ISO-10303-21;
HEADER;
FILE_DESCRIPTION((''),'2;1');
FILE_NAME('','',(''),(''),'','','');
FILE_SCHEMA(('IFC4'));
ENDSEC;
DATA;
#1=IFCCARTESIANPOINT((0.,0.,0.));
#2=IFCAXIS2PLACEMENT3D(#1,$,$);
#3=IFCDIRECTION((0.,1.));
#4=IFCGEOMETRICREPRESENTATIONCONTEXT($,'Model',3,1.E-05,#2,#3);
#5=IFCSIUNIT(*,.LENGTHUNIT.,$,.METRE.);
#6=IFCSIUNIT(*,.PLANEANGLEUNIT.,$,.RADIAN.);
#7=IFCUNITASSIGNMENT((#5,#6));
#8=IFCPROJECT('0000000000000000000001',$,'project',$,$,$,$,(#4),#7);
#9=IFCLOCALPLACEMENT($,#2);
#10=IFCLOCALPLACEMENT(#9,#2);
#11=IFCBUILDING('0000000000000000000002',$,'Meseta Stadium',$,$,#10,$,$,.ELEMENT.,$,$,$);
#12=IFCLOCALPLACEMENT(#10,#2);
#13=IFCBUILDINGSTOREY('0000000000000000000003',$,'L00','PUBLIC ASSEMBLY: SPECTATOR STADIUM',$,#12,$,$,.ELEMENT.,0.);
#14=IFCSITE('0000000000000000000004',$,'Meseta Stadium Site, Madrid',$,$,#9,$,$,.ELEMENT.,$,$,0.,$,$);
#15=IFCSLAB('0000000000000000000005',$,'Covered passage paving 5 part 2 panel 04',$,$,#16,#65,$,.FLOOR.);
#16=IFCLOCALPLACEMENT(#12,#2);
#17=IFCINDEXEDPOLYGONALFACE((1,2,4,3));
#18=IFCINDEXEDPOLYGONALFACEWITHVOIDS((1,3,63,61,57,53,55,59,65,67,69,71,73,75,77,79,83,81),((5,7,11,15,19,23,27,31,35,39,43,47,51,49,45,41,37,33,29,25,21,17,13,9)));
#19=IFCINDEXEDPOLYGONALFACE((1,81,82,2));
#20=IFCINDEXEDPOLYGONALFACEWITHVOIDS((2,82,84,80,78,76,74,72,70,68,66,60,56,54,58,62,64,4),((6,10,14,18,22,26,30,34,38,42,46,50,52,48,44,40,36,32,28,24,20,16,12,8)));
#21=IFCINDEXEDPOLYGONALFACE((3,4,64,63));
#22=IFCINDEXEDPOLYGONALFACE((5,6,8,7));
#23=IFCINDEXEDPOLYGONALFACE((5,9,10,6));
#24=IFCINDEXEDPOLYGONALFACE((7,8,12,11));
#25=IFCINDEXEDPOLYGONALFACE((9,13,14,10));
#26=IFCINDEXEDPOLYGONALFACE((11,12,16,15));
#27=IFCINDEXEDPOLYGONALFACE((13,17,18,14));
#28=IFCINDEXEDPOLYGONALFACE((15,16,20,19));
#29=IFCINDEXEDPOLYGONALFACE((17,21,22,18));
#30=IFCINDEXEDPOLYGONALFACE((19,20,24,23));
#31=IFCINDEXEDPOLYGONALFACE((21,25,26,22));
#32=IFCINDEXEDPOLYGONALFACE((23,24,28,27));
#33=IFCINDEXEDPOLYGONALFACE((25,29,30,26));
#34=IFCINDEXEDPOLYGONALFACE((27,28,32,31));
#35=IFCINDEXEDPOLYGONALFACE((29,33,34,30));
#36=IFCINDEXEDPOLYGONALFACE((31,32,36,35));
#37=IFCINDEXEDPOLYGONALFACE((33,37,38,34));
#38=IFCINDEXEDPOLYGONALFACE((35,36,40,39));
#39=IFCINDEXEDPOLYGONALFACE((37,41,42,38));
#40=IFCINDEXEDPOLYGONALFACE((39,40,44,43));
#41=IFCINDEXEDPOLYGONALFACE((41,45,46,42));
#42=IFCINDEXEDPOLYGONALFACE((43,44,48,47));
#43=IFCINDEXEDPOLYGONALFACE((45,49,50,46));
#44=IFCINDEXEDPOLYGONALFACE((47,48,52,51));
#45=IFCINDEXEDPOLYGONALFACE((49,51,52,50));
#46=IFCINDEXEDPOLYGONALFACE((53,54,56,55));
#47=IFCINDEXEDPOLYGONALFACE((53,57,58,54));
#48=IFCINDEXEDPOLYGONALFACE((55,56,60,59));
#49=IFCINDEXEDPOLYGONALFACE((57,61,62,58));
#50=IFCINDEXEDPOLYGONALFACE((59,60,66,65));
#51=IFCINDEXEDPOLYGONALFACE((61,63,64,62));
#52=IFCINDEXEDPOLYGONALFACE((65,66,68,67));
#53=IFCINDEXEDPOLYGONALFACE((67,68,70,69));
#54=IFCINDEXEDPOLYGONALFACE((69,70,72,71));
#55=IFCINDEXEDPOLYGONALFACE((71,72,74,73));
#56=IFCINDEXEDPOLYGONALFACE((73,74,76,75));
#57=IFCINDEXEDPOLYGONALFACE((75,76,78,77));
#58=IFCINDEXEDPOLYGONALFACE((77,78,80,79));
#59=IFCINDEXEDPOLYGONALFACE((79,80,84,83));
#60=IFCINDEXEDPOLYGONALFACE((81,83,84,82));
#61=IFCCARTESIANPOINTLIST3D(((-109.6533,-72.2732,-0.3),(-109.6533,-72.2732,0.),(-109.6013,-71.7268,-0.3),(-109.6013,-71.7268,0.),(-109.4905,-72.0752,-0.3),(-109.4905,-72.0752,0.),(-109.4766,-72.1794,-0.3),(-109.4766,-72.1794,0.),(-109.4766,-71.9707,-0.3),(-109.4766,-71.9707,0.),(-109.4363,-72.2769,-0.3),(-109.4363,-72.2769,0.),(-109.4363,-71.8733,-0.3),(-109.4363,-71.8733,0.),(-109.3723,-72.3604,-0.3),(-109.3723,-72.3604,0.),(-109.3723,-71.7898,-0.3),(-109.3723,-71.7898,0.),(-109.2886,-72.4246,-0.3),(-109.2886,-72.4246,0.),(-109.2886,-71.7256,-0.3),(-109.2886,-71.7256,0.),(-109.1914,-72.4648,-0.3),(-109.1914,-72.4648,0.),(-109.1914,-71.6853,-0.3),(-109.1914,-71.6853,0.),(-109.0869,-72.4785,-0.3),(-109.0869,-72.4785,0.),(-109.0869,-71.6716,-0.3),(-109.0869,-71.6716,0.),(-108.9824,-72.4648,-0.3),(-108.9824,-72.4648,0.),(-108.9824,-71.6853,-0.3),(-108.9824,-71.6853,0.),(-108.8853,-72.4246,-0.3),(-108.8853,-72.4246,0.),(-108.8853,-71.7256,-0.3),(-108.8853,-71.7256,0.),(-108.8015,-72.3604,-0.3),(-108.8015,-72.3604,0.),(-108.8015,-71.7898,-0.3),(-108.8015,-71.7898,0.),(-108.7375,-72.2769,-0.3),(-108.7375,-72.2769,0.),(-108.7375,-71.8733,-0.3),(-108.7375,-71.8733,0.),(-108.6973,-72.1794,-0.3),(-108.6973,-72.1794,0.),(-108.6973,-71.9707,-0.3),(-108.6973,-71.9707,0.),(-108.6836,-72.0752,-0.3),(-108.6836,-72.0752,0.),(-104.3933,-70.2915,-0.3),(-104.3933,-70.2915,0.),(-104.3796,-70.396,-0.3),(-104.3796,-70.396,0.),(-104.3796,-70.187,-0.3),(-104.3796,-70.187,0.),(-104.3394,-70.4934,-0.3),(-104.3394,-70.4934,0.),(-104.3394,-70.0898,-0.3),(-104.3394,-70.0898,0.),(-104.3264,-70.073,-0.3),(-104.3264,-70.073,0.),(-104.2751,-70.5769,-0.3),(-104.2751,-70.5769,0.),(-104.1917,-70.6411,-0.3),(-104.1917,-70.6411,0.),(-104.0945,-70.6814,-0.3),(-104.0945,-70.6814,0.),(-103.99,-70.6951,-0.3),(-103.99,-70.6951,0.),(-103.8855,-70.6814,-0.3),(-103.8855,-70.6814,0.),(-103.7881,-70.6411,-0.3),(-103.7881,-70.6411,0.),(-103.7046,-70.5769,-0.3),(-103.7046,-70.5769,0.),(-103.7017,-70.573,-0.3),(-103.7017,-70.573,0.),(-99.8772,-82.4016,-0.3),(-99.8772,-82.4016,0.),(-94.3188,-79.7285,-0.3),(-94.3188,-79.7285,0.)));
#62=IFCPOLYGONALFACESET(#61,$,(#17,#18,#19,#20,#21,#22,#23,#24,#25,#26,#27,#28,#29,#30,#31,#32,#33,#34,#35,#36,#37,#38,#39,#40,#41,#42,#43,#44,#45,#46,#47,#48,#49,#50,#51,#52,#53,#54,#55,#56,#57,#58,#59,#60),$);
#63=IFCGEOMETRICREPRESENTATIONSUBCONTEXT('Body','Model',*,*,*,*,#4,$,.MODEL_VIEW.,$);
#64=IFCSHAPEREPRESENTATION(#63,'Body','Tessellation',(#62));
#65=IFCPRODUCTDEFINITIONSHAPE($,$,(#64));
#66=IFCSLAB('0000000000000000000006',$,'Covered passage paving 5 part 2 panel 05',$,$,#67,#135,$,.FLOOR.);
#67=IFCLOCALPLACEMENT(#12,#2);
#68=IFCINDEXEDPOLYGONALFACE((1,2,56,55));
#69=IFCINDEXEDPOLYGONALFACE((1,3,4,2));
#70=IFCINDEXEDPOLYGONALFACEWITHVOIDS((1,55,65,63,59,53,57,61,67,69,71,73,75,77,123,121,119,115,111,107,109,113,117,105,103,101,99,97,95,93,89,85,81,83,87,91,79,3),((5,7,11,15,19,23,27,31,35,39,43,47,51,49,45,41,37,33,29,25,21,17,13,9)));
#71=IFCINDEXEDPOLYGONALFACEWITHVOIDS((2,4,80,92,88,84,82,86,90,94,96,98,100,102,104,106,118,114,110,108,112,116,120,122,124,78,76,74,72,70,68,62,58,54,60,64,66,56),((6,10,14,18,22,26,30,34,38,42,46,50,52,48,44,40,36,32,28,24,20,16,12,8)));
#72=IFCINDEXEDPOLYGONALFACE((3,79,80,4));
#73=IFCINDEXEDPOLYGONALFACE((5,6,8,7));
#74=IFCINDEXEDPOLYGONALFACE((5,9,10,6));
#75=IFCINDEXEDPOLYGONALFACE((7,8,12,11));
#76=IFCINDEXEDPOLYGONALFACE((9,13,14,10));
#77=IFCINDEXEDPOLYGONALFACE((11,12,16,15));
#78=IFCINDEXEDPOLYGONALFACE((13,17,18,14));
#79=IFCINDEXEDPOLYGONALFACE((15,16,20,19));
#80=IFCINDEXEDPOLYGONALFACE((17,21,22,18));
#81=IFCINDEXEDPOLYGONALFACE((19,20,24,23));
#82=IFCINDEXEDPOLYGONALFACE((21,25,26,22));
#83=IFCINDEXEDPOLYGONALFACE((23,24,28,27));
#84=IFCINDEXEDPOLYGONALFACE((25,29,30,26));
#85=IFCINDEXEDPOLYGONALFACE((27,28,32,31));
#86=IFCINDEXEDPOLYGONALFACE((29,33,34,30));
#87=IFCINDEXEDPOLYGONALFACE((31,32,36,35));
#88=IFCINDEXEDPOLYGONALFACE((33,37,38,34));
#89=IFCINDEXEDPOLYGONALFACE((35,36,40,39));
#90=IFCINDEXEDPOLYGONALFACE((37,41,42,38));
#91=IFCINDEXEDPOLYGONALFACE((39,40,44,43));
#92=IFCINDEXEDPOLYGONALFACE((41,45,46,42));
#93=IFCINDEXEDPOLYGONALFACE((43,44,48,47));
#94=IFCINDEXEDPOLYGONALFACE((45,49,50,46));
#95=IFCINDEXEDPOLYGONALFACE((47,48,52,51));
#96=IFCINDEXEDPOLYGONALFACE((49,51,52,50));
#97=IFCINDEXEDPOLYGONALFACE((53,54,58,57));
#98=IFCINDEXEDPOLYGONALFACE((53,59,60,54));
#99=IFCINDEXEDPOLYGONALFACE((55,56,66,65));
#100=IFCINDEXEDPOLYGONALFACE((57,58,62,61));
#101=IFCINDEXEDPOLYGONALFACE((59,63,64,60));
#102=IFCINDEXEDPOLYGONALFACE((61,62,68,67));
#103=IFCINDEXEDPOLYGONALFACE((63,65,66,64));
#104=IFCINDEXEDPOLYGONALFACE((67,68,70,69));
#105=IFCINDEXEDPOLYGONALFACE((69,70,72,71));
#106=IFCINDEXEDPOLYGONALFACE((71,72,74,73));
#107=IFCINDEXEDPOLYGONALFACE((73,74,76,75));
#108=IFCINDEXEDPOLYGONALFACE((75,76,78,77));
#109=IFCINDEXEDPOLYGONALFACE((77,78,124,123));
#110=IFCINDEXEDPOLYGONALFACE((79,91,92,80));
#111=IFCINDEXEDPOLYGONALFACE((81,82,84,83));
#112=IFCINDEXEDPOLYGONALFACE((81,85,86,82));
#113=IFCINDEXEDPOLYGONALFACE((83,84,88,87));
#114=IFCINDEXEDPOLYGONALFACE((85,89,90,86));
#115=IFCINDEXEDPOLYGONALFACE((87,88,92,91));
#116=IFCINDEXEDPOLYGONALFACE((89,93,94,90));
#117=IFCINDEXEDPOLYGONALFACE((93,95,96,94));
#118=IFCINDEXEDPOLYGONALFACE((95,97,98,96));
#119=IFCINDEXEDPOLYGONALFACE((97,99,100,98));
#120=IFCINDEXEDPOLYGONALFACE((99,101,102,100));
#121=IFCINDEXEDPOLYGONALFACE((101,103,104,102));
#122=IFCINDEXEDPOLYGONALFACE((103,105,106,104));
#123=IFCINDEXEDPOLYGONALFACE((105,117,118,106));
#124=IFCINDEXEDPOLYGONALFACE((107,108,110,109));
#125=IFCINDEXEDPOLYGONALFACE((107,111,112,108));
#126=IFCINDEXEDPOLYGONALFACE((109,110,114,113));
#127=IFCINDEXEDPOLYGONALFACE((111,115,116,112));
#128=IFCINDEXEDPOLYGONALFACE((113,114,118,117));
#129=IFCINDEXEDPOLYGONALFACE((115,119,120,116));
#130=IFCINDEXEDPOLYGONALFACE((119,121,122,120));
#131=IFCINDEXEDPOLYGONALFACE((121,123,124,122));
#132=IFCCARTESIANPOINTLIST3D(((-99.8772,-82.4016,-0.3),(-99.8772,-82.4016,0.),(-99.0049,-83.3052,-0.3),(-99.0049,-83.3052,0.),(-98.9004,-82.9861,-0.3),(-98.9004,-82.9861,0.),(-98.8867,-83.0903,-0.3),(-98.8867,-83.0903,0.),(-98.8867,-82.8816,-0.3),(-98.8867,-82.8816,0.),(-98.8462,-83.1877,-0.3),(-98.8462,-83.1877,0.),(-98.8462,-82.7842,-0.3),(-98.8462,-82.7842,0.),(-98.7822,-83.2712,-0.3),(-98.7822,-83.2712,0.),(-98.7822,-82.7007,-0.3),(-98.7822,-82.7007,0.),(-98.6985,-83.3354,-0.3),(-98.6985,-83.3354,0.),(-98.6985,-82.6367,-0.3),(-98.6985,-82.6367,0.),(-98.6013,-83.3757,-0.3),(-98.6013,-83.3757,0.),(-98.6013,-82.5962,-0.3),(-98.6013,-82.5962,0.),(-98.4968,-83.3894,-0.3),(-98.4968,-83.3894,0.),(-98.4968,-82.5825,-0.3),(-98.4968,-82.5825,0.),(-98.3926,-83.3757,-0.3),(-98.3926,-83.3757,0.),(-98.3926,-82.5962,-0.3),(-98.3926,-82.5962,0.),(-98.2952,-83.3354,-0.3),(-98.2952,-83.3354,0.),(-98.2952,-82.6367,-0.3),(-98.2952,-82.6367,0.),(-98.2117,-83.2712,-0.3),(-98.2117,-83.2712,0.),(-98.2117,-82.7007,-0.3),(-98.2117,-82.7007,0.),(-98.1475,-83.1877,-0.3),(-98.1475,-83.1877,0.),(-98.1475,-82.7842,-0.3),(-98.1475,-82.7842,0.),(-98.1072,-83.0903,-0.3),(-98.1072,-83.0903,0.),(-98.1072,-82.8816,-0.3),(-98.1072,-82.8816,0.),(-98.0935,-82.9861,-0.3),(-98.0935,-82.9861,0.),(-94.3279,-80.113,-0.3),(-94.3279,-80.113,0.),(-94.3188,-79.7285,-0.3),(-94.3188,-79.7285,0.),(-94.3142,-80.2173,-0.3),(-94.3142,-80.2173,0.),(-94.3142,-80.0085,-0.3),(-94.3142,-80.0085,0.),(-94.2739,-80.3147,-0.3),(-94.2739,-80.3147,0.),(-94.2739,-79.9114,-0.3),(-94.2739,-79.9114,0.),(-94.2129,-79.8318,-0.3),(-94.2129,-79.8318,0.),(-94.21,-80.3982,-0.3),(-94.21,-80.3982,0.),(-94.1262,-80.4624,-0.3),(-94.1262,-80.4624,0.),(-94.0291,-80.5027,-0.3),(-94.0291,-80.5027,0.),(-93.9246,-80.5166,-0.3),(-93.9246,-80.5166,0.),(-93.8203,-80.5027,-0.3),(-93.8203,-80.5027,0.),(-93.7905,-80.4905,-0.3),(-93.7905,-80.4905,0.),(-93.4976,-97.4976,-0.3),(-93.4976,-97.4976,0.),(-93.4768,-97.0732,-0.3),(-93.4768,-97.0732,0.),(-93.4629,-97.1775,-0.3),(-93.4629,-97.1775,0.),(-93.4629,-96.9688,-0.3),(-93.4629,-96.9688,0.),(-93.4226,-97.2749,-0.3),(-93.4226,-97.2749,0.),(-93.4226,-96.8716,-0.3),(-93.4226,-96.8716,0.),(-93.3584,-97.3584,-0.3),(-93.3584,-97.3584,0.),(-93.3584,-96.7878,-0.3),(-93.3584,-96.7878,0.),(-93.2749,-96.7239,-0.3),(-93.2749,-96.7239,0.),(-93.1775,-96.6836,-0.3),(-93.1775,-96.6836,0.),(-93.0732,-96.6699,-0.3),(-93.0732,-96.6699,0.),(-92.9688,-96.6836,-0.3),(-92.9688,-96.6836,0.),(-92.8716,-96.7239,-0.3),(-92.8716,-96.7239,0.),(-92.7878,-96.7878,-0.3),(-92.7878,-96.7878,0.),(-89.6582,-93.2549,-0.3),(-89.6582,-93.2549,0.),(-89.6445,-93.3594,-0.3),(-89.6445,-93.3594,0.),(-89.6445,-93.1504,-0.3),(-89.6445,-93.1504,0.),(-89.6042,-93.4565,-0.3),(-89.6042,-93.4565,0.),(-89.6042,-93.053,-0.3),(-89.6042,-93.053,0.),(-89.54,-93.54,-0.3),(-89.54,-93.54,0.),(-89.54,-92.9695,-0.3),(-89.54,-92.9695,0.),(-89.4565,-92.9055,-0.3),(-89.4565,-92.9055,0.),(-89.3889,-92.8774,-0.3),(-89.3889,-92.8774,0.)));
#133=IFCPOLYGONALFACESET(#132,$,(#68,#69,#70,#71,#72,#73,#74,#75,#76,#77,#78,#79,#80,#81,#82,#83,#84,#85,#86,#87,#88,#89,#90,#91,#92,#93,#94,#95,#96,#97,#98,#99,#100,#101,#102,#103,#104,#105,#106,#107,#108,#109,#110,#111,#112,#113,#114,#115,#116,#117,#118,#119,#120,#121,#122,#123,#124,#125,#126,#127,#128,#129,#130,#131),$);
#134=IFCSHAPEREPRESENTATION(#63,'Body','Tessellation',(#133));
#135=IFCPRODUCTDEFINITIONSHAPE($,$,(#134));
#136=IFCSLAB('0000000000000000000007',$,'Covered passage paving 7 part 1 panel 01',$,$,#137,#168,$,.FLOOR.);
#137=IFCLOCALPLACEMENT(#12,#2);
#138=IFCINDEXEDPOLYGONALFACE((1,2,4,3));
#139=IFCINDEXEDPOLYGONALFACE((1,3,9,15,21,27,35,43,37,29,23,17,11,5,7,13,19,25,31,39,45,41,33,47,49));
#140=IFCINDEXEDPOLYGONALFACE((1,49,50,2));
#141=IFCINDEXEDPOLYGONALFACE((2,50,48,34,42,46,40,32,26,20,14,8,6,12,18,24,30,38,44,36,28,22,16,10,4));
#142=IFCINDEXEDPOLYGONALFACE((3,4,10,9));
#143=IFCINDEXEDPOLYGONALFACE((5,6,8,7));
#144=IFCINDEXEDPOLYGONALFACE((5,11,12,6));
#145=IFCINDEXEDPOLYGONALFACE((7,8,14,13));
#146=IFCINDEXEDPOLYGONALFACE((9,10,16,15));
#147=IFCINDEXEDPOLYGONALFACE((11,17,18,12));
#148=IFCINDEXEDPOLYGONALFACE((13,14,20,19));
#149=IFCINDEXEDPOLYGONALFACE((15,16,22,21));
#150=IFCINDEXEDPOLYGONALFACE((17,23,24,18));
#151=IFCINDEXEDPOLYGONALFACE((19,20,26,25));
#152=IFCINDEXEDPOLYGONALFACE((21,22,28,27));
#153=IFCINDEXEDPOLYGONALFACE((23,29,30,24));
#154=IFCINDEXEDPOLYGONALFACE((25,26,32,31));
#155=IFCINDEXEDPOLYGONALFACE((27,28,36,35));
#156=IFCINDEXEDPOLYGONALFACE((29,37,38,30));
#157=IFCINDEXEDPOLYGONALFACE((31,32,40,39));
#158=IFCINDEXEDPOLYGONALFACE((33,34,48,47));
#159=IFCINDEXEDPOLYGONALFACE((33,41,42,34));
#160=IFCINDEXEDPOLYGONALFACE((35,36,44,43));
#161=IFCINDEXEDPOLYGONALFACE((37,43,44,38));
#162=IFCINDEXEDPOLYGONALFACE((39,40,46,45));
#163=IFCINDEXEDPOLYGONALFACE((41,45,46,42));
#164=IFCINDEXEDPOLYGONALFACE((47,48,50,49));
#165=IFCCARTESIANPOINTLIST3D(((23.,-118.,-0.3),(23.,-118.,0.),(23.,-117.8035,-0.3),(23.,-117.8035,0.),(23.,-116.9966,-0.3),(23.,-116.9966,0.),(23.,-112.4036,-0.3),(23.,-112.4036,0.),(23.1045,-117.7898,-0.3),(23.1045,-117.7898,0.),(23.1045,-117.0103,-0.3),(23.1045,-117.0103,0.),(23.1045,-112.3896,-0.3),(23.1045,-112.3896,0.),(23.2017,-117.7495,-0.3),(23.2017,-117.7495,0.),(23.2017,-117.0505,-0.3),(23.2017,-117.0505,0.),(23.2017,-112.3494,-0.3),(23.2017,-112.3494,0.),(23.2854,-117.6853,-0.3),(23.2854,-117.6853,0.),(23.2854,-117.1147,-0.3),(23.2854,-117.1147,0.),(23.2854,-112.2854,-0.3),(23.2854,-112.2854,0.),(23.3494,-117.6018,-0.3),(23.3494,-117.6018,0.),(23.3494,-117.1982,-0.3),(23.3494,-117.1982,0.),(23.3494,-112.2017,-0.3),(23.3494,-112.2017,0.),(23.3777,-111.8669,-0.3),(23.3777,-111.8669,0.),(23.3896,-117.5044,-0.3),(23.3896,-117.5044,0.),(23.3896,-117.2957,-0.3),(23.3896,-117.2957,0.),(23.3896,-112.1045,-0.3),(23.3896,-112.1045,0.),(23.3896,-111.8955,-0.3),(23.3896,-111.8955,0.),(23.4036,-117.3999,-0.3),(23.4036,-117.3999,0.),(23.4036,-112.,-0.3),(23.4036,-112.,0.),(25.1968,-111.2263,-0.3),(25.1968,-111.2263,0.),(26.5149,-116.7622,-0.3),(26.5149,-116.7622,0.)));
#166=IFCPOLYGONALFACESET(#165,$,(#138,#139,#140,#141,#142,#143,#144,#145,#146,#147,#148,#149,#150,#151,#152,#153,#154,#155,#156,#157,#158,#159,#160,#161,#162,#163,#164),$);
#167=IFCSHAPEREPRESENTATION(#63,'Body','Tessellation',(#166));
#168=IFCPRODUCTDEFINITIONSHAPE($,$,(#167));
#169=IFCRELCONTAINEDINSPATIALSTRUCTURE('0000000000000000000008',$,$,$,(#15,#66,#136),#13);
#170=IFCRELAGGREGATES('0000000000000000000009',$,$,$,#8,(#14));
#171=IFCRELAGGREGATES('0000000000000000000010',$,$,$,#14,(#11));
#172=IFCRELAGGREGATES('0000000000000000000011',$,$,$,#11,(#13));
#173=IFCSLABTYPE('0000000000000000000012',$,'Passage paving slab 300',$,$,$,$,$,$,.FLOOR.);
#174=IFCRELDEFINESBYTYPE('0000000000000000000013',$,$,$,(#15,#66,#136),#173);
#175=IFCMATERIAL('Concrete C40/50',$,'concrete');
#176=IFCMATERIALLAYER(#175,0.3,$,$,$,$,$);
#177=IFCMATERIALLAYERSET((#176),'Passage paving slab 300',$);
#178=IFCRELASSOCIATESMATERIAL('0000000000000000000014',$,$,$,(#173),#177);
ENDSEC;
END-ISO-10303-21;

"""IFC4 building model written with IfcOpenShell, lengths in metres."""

from ifc_helpers import new_model, si_unit, direction, frame, origin, place, context, subcontext, project, spatial, polyline, outline, extrude, material, layer, layer_set, type_object, element, save


model = new_model("IFC4")

# Units and contexts
model_context = context("Model", 3, precision=1e-05, world=origin(), true_north=direction((0.0, 1.0)))
body_context = subcontext(model_context, "Body", "Model", "MODEL_VIEW")
ifc_project = project(units=[si_unit("LENGTHUNIT", "METRE"), si_unit("PLANEANGLEUNIT", "RADIAN")], contexts=[model_context])

# Site, building, storey
site_placement = place(None, origin())
site = spatial("IfcSite", under=ifc_project, at=site_placement, Name="Meseta Stadium Site, Madrid", CompositionType="ELEMENT", RefElevation=0.0)
building_placement = place(site_placement, origin())
building = spatial("IfcBuilding", under=site, at=building_placement, Name="Meseta Stadium", CompositionType="ELEMENT")
storey_placement = place(building_placement, origin())
storey = spatial("IfcBuildingStorey", under=building, at=storey_placement, Name="L00", Description="PUBLIC ASSEMBLY: SPECTATOR STADIUM", CompositionType="ELEMENT", Elevation=0.0)

# Slabs
ifc_material_1 = material(Name="Concrete C40/50", Category="concrete")
ifc_layer_1 = layer(ifc_material_1, 0.3)
ifc_layer_set_1 = layer_set([ifc_layer_1], Name="Passage paving slab 300")
slab_type_1 = type_object("IfcSlabType", Name="Passage paving slab 300", PredefinedType="FLOOR", material=ifc_layer_set_1)
slab_1_placement = place(storey_placement, frame((0.0, 0.0, -0.3)))
element("IfcSlab", 1, at=slab_1_placement, inside=storey, type_object=slab_type_1, Name="Covered passage paving 5 part 2 panel 04", PredefinedType="FLOOR", context=body_context, shape_type="SweptSolid", body=[
    extrude(outline(polyline([(-109.6013, -71.7268), (-109.6533, -72.2732), (-99.8772, -82.4016), (-94.3188, -79.7285), (-103.7017, -70.573), (-103.7046, -70.5769), (-103.7881, -70.6411), (-103.8855, -70.6814), (-103.99, -70.6951), (-104.0945, -70.6814), (-104.1917, -70.6411), (-104.2751, -70.5769), (-104.3394, -70.4934), (-104.3796, -70.396), (-104.3933, -70.2915), (-104.3796, -70.187), (-104.3394, -70.0898), (-104.3264, -70.073), (-109.6013, -71.7268)]), holes=[polyline([(-108.8853, -72.4246), (-108.9824, -72.4648), (-109.0869, -72.4785), (-109.1914, -72.4648), (-109.2886, -72.4246), (-109.3723, -72.3604), (-109.4363, -72.2769), (-109.4766, -72.1794), (-109.4905, -72.0752), (-109.4766, -71.9707), (-109.4363, -71.8733), (-109.3723, -71.7898), (-109.2886, -71.7256), (-109.1914, -71.6853), (-109.0869, -71.6716), (-108.9824, -71.6853), (-108.8853, -71.7256), (-108.8015, -71.7898), (-108.7375, -71.8733), (-108.6973, -71.9707), (-108.6836, -72.0752), (-108.6973, -72.1794), (-108.7375, -72.2769), (-108.8015, -72.3604), (-108.8853, -72.4246)])]), origin(), (0.0, 0.0, 1.0), 0.3),
])
slab_2_placement = place(storey_placement, frame((0.0, 0.0, -0.3)))
element("IfcSlab", 2, at=slab_2_placement, inside=storey, type_object=slab_type_1, Name="Covered passage paving 5 part 2 panel 05", PredefinedType="FLOOR", context=body_context, shape_type="SweptSolid", body=[
    extrude(outline(polyline([(-94.2129, -79.8318), (-94.3188, -79.7285), (-99.8772, -82.4016), (-99.0049, -83.3052), (-93.4976, -97.4976), (-93.3584, -97.3584), (-93.4226, -97.2749), (-93.4629, -97.1775), (-93.4768, -97.0732), (-93.4629, -96.9688), (-93.4226, -96.8716), (-93.3584, -96.7878), (-93.2749, -96.7239), (-93.1775, -96.6836), (-93.0732, -96.6699), (-92.9688, -96.6836), (-92.8716, -96.7239), (-92.7878, -96.7878), (-89.54, -93.54), (-89.6042, -93.4565), (-89.6445, -93.3594), (-89.6582, -93.2549), (-89.6445, -93.1504), (-89.6042, -93.053), (-89.54, -92.9695), (-89.4565, -92.9055), (-89.3889, -92.8774), (-93.7905, -80.4905), (-93.8203, -80.5027), (-93.9246, -80.5166), (-94.0291, -80.5027), (-94.1262, -80.4624), (-94.21, -80.3982), (-94.2739, -80.3147), (-94.3142, -80.2173), (-94.3279, -80.113), (-94.3142, -80.0085), (-94.2739, -79.9114), (-94.2129, -79.8318)]), holes=[polyline([(-98.2117, -83.2712), (-98.2952, -83.3354), (-98.3926, -83.3757), (-98.4968, -83.3894), (-98.6013, -83.3757), (-98.6985, -83.3354), (-98.7822, -83.2712), (-98.8462, -83.1877), (-98.8867, -83.0903), (-98.9004, -82.9861), (-98.8867, -82.8816), (-98.8462, -82.7842), (-98.7822, -82.7007), (-98.6985, -82.6367), (-98.6013, -82.5962), (-98.4968, -82.5825), (-98.3926, -82.5962), (-98.2952, -82.6367), (-98.2117, -82.7007), (-98.1475, -82.7842), (-98.1072, -82.8816), (-98.0935, -82.9861), (-98.1072, -83.0903), (-98.1475, -83.1877), (-98.2117, -83.2712)])]), origin(), (0.0, 0.0, 1.0), 0.3),
])
slab_3_placement = place(storey_placement, frame((0.0, 0.0, -0.3)))
element("IfcSlab", 3, at=slab_3_placement, inside=storey, type_object=slab_type_1, Name="Covered passage paving 7 part 1 panel 01", PredefinedType="FLOOR", context=body_context, shape_type="SweptSolid", body=[
    extrude(outline(polyline([(23.0, -117.8035), (23.0, -118.0), (26.5149, -116.7622), (25.1968, -111.2263), (23.3777, -111.8669), (23.3896, -111.8955), (23.4036, -112.0), (23.3896, -112.1045), (23.3494, -112.2017), (23.2854, -112.2854), (23.2017, -112.3494), (23.1045, -112.3896), (23.0, -112.4036), (23.0, -116.9966), (23.1045, -117.0103), (23.2017, -117.0505), (23.2854, -117.1147), (23.3494, -117.1982), (23.3896, -117.2957), (23.4036, -117.3999), (23.3896, -117.5044), (23.3494, -117.6018), (23.2854, -117.6853), (23.2017, -117.7495), (23.1045, -117.7898), (23.0, -117.8035)])), origin(), (0.0, 0.0, 1.0), 0.3),
])

save(model, "model.ifc")
